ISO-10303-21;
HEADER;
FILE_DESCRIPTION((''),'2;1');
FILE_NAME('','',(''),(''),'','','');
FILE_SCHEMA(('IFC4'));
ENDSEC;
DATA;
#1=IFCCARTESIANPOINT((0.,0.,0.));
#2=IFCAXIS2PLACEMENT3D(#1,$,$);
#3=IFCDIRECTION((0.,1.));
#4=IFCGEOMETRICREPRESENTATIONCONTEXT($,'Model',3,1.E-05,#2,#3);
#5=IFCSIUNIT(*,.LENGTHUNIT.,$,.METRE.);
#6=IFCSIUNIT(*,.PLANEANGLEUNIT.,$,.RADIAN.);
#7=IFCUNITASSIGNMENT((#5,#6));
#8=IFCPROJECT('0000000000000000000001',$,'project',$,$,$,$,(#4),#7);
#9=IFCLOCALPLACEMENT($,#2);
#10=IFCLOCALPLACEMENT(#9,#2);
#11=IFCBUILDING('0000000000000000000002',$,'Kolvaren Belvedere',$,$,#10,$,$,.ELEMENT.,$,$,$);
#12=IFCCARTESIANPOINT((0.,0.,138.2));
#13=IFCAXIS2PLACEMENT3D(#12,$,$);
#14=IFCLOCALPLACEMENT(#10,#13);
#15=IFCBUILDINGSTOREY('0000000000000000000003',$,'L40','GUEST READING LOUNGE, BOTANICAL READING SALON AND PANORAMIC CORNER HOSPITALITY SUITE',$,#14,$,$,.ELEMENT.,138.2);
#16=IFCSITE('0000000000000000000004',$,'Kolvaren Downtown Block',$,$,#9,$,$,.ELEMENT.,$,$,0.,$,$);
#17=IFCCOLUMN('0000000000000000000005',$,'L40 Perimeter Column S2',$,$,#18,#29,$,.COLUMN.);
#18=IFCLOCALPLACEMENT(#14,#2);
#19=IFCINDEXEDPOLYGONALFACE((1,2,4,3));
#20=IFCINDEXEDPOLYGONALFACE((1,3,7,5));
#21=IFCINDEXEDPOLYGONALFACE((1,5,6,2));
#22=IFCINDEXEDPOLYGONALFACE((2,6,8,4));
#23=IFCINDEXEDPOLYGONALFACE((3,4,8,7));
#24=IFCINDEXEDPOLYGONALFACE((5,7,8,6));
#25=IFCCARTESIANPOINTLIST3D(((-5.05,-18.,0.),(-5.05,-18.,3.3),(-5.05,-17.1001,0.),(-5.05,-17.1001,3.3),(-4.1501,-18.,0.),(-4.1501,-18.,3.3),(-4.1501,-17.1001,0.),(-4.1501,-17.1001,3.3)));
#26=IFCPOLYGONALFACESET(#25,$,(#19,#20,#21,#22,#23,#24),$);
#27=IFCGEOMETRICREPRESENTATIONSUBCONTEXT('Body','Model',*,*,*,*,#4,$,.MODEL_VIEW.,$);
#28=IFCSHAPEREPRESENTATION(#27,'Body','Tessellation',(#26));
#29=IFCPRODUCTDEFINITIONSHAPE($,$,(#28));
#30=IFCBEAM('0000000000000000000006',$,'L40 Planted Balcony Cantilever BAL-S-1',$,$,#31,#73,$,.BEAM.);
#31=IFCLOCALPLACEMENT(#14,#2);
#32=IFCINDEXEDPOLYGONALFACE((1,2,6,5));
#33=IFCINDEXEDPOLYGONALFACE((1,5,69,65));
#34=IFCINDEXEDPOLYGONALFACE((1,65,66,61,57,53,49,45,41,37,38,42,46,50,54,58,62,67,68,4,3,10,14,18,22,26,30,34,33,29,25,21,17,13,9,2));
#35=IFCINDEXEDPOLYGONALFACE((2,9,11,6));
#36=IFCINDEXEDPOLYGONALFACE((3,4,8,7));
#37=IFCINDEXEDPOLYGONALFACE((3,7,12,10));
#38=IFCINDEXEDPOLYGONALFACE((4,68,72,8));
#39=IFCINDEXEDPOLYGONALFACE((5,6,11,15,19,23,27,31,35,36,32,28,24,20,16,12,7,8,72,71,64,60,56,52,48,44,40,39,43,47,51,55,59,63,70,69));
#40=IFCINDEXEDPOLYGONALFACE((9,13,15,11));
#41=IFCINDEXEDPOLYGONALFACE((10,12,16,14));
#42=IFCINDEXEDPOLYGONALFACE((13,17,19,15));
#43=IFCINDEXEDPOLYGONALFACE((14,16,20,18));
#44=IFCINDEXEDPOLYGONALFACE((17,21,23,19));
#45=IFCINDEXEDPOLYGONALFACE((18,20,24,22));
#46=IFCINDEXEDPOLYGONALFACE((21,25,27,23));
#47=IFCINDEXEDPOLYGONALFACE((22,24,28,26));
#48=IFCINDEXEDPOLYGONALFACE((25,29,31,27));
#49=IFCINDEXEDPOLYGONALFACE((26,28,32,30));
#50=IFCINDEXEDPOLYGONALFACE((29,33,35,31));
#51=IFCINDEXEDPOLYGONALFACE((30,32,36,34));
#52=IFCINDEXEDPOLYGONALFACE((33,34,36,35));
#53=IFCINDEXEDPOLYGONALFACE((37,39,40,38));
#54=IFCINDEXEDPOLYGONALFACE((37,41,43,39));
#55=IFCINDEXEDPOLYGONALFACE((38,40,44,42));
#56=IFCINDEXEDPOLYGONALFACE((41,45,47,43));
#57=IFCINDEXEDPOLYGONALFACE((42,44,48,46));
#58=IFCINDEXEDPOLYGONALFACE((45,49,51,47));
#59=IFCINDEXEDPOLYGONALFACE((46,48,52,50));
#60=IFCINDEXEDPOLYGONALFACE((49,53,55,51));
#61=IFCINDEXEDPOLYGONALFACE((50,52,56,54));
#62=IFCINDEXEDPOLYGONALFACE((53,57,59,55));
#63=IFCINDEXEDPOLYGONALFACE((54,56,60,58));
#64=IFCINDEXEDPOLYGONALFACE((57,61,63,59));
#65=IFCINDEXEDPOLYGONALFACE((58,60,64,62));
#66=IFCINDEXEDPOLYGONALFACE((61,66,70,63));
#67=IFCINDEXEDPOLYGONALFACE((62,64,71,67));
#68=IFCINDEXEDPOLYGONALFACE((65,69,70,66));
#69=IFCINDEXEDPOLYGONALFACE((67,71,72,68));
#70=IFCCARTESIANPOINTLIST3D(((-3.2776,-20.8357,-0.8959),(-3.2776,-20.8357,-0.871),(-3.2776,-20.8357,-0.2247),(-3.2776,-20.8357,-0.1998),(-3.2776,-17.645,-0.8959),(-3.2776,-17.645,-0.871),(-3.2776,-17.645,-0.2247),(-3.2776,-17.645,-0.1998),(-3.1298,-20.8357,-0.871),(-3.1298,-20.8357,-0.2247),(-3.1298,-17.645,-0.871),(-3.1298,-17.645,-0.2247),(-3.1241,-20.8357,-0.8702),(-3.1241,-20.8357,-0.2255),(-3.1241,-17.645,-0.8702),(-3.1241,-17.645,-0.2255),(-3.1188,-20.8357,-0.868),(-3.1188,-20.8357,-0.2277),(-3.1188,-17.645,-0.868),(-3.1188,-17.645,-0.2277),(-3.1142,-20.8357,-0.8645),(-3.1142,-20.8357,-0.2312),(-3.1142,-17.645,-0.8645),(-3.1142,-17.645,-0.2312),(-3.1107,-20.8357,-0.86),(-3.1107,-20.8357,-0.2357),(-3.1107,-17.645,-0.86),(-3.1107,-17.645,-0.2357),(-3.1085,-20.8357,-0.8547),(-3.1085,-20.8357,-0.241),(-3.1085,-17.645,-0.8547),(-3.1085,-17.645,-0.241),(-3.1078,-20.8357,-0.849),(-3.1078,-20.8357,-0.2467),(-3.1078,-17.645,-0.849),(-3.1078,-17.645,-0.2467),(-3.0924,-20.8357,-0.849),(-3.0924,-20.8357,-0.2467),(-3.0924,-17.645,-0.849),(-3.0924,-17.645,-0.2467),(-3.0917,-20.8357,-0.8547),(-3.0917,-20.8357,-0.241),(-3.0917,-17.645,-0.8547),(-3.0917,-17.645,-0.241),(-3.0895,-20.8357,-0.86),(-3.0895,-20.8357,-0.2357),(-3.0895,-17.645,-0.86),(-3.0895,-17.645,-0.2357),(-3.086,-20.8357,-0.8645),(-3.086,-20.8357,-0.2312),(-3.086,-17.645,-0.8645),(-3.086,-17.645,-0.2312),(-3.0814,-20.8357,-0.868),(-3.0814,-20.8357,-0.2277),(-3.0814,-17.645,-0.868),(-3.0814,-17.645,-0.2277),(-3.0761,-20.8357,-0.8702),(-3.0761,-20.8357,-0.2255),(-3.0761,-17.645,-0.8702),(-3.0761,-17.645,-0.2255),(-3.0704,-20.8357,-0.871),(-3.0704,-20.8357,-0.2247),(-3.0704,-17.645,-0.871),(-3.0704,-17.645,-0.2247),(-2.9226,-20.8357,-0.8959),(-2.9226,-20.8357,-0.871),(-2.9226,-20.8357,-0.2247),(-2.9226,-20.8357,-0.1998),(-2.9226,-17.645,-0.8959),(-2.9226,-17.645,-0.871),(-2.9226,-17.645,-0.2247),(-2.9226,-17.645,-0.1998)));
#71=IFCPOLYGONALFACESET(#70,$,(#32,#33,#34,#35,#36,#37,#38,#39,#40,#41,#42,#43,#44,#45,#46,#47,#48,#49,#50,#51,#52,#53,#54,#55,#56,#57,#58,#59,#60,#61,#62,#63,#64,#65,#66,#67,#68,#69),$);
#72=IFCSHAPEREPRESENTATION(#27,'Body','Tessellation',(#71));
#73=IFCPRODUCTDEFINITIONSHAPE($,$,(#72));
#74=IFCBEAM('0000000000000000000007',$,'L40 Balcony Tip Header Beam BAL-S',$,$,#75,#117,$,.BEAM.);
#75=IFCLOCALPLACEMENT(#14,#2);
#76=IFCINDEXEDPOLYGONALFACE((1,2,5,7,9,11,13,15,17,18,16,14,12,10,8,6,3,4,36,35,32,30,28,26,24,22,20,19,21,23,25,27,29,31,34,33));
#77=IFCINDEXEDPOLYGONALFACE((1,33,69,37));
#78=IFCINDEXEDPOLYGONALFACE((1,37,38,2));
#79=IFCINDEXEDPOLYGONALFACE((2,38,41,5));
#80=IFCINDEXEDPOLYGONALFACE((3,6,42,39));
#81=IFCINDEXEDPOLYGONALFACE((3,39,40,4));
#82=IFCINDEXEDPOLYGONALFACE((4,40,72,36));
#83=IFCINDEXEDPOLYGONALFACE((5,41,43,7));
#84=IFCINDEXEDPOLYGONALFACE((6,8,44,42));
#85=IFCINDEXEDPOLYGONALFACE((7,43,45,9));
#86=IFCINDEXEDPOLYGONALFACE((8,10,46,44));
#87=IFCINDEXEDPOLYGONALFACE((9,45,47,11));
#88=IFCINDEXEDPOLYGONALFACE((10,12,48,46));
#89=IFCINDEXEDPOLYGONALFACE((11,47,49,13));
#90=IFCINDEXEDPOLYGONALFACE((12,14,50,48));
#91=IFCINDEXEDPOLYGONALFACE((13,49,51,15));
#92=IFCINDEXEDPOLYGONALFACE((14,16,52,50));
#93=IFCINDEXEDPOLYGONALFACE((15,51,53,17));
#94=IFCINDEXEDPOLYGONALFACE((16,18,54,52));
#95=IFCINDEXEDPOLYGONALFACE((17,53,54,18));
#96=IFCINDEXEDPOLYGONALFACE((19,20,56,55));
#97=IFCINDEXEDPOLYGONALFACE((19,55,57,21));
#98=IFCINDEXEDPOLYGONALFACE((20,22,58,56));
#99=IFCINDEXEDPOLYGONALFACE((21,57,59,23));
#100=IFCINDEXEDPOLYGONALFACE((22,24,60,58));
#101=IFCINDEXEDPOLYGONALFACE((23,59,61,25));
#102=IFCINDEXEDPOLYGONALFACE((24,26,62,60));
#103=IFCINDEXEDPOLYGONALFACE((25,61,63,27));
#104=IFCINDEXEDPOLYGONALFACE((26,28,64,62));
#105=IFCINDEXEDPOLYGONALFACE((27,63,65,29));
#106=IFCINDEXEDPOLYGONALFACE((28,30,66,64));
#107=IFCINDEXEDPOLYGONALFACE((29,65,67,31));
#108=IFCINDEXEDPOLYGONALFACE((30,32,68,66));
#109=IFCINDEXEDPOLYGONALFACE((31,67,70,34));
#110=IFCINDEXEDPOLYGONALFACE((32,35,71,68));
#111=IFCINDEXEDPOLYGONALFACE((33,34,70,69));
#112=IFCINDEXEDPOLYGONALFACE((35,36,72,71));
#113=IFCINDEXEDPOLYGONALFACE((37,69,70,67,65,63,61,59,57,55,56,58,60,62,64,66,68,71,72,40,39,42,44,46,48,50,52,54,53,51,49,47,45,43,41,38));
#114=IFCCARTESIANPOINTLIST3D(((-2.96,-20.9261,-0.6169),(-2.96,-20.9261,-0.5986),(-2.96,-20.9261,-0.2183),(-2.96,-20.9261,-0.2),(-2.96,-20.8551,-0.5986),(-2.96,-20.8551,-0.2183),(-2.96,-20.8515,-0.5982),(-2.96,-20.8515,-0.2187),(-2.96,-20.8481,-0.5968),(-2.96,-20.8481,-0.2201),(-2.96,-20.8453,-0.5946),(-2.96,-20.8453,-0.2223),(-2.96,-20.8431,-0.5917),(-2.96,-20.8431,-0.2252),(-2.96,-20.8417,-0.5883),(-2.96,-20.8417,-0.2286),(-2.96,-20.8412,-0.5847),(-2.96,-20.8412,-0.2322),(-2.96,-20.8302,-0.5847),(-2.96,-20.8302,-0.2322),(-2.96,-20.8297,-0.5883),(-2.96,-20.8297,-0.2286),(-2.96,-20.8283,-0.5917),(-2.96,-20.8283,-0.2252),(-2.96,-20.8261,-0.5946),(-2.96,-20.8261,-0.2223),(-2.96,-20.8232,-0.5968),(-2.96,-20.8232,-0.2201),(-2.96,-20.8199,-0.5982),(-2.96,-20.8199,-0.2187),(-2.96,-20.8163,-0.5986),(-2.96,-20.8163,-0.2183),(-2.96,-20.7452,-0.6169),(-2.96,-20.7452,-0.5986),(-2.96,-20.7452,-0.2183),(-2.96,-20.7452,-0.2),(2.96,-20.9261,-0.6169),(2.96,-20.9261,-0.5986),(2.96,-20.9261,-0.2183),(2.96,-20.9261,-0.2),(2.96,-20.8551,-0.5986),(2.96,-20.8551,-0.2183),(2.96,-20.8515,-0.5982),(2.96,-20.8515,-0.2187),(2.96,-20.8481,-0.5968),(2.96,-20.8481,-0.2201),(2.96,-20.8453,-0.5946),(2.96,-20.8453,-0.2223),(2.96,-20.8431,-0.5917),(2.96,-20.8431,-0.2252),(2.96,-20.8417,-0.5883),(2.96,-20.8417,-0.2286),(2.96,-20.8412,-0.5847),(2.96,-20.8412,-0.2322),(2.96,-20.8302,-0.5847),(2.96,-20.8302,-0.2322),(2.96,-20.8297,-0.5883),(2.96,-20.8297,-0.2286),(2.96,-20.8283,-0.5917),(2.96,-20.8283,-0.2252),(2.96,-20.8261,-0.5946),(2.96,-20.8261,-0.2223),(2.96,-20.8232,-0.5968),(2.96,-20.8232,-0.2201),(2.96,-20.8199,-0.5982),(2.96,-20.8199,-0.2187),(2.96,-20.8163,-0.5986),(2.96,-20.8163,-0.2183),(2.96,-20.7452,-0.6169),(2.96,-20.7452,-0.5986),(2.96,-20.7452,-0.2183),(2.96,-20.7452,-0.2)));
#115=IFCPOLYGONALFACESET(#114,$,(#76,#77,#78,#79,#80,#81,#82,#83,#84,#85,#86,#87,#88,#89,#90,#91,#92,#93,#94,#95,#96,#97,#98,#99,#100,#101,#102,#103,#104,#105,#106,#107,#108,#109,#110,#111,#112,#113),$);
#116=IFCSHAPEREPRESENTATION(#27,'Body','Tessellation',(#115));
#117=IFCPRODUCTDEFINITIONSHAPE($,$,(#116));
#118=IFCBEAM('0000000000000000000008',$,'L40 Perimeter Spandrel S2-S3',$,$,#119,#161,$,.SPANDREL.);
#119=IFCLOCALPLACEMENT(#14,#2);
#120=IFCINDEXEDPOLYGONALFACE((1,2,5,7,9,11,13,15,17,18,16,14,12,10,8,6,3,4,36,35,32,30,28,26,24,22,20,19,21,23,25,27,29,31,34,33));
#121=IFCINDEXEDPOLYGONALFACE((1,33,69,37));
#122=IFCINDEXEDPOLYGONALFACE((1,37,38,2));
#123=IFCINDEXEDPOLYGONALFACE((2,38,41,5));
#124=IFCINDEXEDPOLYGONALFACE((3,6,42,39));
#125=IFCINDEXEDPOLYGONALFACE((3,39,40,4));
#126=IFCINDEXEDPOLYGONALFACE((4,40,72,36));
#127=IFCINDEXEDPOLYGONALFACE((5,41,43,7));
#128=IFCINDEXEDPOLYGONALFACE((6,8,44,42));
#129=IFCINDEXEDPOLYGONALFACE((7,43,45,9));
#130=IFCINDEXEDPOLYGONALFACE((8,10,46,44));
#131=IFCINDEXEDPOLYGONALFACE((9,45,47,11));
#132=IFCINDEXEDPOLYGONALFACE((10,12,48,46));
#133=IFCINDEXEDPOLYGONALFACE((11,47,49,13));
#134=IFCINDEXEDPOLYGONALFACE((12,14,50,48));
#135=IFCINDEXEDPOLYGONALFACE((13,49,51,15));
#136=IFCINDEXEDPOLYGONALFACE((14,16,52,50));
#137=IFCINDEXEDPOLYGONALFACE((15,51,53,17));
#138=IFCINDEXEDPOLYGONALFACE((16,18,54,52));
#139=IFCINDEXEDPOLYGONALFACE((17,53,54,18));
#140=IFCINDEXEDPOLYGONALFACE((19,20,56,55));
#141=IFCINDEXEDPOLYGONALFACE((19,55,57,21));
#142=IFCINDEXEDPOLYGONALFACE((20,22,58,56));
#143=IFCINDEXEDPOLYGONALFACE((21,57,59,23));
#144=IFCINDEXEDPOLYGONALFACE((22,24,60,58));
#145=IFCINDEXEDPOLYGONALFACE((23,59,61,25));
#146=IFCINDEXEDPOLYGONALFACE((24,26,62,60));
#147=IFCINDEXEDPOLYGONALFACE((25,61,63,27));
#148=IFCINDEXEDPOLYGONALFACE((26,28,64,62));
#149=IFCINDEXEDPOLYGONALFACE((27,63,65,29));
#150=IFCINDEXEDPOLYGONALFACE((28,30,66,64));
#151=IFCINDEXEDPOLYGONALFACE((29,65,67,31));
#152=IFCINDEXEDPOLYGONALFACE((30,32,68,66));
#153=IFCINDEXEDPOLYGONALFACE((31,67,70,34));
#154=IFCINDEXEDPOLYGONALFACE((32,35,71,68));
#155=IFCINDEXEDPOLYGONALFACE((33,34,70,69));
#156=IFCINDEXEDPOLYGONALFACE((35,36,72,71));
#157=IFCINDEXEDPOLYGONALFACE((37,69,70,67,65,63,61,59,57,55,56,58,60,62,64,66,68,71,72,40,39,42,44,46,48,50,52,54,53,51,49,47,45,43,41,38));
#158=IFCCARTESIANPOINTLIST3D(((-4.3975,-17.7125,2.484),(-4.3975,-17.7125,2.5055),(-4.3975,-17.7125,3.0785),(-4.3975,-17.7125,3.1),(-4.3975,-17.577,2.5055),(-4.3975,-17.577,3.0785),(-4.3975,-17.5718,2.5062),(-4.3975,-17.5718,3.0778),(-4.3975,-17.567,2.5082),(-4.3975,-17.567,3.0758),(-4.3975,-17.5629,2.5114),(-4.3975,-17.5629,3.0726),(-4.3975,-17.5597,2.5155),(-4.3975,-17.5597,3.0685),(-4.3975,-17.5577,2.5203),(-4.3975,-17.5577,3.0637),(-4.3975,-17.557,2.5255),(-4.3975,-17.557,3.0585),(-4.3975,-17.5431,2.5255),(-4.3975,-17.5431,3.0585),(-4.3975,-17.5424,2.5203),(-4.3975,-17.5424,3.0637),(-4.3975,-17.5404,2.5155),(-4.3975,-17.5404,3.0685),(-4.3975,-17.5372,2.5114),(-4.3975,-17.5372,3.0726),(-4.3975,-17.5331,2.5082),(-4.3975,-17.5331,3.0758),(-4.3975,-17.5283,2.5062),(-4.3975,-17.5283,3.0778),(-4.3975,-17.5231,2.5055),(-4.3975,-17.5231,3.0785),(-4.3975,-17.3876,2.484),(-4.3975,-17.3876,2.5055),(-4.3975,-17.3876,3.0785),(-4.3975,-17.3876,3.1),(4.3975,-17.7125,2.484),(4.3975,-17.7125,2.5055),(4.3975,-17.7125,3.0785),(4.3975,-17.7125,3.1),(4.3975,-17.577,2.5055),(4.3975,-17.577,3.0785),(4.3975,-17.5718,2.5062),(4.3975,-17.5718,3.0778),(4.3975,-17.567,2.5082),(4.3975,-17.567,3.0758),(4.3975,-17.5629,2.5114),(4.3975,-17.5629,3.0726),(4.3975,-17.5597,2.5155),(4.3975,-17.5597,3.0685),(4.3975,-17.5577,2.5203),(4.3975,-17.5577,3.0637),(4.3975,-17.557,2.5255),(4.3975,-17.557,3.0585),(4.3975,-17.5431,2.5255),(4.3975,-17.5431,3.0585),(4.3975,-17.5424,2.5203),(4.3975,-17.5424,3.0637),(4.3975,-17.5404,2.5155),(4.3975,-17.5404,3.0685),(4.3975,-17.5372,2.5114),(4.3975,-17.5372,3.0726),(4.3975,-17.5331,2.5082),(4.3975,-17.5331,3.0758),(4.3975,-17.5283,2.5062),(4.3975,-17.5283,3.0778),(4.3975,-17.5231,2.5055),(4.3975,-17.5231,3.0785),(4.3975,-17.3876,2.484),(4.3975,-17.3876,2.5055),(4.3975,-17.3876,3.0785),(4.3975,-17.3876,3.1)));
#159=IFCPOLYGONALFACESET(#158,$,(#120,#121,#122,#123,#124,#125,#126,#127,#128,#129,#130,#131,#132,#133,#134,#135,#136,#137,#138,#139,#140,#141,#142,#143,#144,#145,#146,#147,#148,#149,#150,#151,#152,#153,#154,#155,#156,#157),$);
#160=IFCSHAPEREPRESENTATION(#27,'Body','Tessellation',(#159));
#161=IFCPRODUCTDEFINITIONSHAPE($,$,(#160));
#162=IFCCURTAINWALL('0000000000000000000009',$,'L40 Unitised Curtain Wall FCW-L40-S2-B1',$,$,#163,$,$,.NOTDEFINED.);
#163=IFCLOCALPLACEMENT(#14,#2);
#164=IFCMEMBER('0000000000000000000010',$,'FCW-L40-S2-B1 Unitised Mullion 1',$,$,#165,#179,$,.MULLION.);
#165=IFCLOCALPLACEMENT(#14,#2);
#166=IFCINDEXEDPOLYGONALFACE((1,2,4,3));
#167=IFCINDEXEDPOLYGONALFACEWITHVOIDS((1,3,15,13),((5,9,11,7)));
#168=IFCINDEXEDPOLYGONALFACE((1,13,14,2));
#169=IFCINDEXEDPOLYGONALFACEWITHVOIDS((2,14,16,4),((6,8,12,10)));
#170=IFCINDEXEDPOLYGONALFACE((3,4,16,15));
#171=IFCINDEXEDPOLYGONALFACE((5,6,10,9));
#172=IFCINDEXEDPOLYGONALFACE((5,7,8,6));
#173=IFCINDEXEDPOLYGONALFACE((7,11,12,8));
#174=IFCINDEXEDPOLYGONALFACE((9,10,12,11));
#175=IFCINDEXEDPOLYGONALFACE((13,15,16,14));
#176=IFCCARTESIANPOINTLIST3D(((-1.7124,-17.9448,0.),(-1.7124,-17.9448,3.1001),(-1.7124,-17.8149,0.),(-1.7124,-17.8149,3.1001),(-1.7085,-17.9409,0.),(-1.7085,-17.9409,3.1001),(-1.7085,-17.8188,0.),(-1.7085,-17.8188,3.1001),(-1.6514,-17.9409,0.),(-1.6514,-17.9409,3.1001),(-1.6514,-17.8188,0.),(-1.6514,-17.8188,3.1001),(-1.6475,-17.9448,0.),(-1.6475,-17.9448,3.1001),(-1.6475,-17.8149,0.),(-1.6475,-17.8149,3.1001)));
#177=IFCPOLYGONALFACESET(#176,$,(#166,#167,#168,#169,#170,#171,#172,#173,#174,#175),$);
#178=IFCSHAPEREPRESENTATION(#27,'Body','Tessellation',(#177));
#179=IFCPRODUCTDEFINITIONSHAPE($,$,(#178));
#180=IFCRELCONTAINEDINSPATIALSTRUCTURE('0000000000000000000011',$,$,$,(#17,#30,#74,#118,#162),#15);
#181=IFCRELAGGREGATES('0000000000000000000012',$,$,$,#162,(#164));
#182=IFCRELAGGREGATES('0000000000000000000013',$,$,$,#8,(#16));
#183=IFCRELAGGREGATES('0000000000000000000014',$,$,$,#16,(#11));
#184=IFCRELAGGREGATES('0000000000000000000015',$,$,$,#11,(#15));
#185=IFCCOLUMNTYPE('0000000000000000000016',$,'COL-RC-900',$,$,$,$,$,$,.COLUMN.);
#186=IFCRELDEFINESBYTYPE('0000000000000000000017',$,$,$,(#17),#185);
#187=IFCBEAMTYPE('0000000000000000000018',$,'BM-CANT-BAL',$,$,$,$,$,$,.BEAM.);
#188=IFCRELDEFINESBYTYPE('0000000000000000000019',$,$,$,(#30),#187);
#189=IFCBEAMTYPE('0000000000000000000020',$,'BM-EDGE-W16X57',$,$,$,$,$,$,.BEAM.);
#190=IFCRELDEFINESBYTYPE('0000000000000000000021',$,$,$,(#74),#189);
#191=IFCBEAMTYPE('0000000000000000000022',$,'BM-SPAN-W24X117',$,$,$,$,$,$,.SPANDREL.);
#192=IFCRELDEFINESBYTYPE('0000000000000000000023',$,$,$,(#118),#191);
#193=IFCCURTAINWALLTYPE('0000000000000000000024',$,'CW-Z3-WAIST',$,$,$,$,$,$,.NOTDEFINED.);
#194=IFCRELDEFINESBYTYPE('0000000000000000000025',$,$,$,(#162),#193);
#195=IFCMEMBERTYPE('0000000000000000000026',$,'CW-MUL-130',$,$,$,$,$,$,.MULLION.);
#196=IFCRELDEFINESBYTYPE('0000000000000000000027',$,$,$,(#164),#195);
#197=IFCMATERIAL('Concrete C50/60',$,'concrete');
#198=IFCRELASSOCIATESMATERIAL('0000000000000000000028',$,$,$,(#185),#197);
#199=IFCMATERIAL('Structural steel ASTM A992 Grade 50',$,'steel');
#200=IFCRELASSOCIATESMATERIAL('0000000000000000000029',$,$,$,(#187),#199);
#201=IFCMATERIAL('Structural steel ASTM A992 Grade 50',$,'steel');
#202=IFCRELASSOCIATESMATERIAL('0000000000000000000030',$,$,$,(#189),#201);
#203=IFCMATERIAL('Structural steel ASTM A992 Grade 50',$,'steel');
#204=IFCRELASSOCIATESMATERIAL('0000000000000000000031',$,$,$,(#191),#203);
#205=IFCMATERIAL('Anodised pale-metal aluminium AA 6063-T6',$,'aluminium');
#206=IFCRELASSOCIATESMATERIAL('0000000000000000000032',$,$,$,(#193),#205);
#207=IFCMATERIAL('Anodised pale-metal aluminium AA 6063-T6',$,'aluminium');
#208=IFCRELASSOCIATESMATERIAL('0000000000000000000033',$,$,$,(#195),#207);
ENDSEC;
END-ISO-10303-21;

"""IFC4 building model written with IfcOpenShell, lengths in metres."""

from ifc_helpers import new_model, si_unit, direction, frame, origin, origin_2d, place, context, subcontext, project, spatial, rectangle, hollow_rectangle, i_section, extrude, material, material_profile, profile_set, type_object, element, aggregate, save


model = new_model("IFC4")

# Units and contexts
model_context = context("Model", 3, precision=1e-05, world=origin(), true_north=direction((0.0, 1.0)))
body_context = subcontext(model_context, "Body", "Model", "MODEL_VIEW")
ifc_project = project(units=[si_unit("LENGTHUNIT", "METRE"), si_unit("PLANEANGLEUNIT", "RADIAN")], contexts=[model_context])

# Site, building, storey
site_placement = place(None, origin())
site = spatial("IfcSite", under=ifc_project, at=site_placement, Name="Kolvaren Downtown Block", CompositionType="ELEMENT", RefElevation=0.0)
building_placement = place(site_placement, origin())
building = spatial("IfcBuilding", under=site, at=building_placement, Name="Kolvaren Belvedere", CompositionType="ELEMENT")
storey_placement = place(building_placement, frame((0.0, 0.0, 138.2)))
storey = spatial("IfcBuildingStorey", under=building, at=storey_placement, Name="L40", Description="GUEST READING LOUNGE, BOTANICAL READING SALON AND PANORAMIC CORNER HOSPITALITY SUITE", CompositionType="ELEMENT", Elevation=138.2)

# Column
ifc_material_1 = material(Name="Concrete C50/60", Category="concrete")
ifc_material_profile_1 = material_profile(ifc_material_1, rectangle(XDim=0.8999, YDim=0.8999, at=origin_2d()), Name="RC 900X900")
ifc_profile_set_1 = profile_set([ifc_material_profile_1], Name="Concrete C50/60")
column_type = type_object("IfcColumnType", Name="COL-RC-900", PredefinedType="COLUMN", material=ifc_profile_set_1)
column_placement = place(storey_placement, frame((-4.6001, -17.55, 0.0), z_axis=(0.0, 0.0, 1.0), x_axis=(1.0, 0.0, 0.0)))
element("IfcColumn", 1, at=column_placement, inside=storey, type_object=column_type, Name="L40 Perimeter Column S2", PredefinedType="COLUMN", context=body_context, shape_type="SweptSolid", body=[
    extrude(rectangle(XDim=0.8999, YDim=0.8999, at=origin_2d()), origin(), (0.0, 0.0, 1.0), 3.3),
])

# Beams
ifc_material_2 = material(Name="Structural steel ASTM A992 Grade 50", Category="steel")
ifc_material_profile_2 = material_profile(ifc_material_2, i_section(OverallWidth=0.355, OverallDepth=0.696, WebThickness=0.0154, FlangeThickness=0.0249, FilletRadius=0.022, at=origin_2d()), Name="W27X146")
ifc_profile_set_2 = profile_set([ifc_material_profile_2], Name="Structural steel ASTM A992 Grade 50")
beam_type_1 = type_object("IfcBeamType", Name="BM-CANT-BAL", PredefinedType="BEAM", material=ifc_profile_set_2)
beam_1_placement = place(storey_placement, frame((-3.1001, -17.645, -0.5479), z_axis=(0.0, -1.0, 0.0), x_axis=(1.0, 0.0, 0.0)))
element("IfcBeam", 2, at=beam_1_placement, inside=storey, type_object=beam_type_1, Name="L40 Planted Balcony Cantilever BAL-S-1", PredefinedType="BEAM", context=body_context, shape_type="SweptSolid", body=[
    extrude(i_section(OverallWidth=0.355, OverallDepth=0.696, WebThickness=0.0154, FlangeThickness=0.0249, FilletRadius=0.022, at=origin_2d()), origin(), (0.0, 0.0, 1.0), 3.1907),
])
ifc_material_3 = material(Name="Structural steel ASTM A992 Grade 50", Category="steel")
ifc_material_profile_3 = material_profile(ifc_material_3, i_section(OverallWidth=0.1809, OverallDepth=0.417, WebThickness=0.011, FlangeThickness=0.0183, FilletRadius=0.0139, at=origin_2d()), Name="W16X57")
ifc_profile_set_3 = profile_set([ifc_material_profile_3], Name="Structural steel ASTM A992 Grade 50")
beam_type_2 = type_object("IfcBeamType", Name="BM-EDGE-W16X57", PredefinedType="BEAM", material=ifc_profile_set_3)
beam_2_placement = place(storey_placement, frame((-2.96, -20.8357, -0.4084), z_axis=(1.0, 0.0, 0.0), x_axis=(0.0, 1.0, 0.0)))
element("IfcBeam", 3, at=beam_2_placement, inside=storey, type_object=beam_type_2, Name="L40 Balcony Tip Header Beam BAL-S", PredefinedType="BEAM", context=body_context, shape_type="SweptSolid", body=[
    extrude(i_section(OverallWidth=0.1809, OverallDepth=0.417, WebThickness=0.011, FlangeThickness=0.0183, FilletRadius=0.0139, at=origin_2d()), origin(), (0.0, 0.0, 1.0), 5.9199),
])
ifc_material_4 = material(Name="Structural steel ASTM A992 Grade 50", Category="steel")
ifc_material_profile_4 = material_profile(ifc_material_4, i_section(OverallWidth=0.325, OverallDepth=0.616, WebThickness=0.0139, FlangeThickness=0.0215, FilletRadius=0.02, at=origin_2d()), Name="W24X117")
ifc_profile_set_4 = profile_set([ifc_material_profile_4], Name="Structural steel ASTM A992 Grade 50")
beam_type_3 = type_object("IfcBeamType", Name="BM-SPAN-W24X117", PredefinedType="SPANDREL", material=ifc_profile_set_4)
beam_3_placement = place(storey_placement, frame((-4.3975, -17.55, 2.792), z_axis=(1.0, 0.0, 0.0), x_axis=(0.0, 1.0, 0.0)))
element("IfcBeam", 4, at=beam_3_placement, inside=storey, type_object=beam_type_3, Name="L40 Perimeter Spandrel S2-S3", PredefinedType="SPANDREL", context=body_context, shape_type="SweptSolid", body=[
    extrude(i_section(OverallWidth=0.325, OverallDepth=0.616, WebThickness=0.0139, FlangeThickness=0.0215, FilletRadius=0.02, at=origin_2d()), origin(), (0.0, 0.0, 1.0), 8.7949),
])

# Curtain wall, member
ifc_material_5 = material(Name="Anodised pale-metal aluminium AA 6063-T6", Category="aluminium")
curtain_wall_type = type_object("IfcCurtainWallType", Name="CW-Z3-WAIST", PredefinedType="NOTDEFINED", material=ifc_material_5)
curtain_wall_1_placement = place(storey_placement, origin())
curtain_wall_1 = element("IfcCurtainWall", 5, at=curtain_wall_1_placement, inside=storey, type_object=curtain_wall_type, Name="L40 Unitised Curtain Wall FCW-L40-S2-B1", PredefinedType="NOTDEFINED")
ifc_material_6 = material(Name="Anodised pale-metal aluminium AA 6063-T6", Category="aluminium")
ifc_material_profile_5 = material_profile(ifc_material_6, hollow_rectangle(XDim=0.0649, YDim=0.1299, WallThickness=0.0039, at=origin_2d()), Name="ALU-MUL-130X65")
ifc_profile_set_5 = profile_set([ifc_material_profile_5], Name="Anodised pale-metal aluminium AA 6063-T6")
member_type_1 = type_object("IfcMemberType", Name="CW-MUL-130", PredefinedType="MULLION", material=ifc_profile_set_5)
member_1_placement = place(storey_placement, frame((-1.6799, -17.8799, 0.0), z_axis=(0.0, 0.0, 1.0), x_axis=(1.0, 0.0, 0.0)))
member_1 = element("IfcMember", 6, at=member_1_placement, type_object=member_type_1, Name="FCW-L40-S2-B1 Unitised Mullion 1", PredefinedType="MULLION", context=body_context, shape_type="SweptSolid", body=[
    extrude(hollow_rectangle(XDim=0.0649, YDim=0.1299, WallThickness=0.0039, at=origin_2d()), origin(), (0.0, 0.0, 1.0), 3.1001),
])

aggregate(curtain_wall_1, [member_1])

save(model, "model.ifc")
